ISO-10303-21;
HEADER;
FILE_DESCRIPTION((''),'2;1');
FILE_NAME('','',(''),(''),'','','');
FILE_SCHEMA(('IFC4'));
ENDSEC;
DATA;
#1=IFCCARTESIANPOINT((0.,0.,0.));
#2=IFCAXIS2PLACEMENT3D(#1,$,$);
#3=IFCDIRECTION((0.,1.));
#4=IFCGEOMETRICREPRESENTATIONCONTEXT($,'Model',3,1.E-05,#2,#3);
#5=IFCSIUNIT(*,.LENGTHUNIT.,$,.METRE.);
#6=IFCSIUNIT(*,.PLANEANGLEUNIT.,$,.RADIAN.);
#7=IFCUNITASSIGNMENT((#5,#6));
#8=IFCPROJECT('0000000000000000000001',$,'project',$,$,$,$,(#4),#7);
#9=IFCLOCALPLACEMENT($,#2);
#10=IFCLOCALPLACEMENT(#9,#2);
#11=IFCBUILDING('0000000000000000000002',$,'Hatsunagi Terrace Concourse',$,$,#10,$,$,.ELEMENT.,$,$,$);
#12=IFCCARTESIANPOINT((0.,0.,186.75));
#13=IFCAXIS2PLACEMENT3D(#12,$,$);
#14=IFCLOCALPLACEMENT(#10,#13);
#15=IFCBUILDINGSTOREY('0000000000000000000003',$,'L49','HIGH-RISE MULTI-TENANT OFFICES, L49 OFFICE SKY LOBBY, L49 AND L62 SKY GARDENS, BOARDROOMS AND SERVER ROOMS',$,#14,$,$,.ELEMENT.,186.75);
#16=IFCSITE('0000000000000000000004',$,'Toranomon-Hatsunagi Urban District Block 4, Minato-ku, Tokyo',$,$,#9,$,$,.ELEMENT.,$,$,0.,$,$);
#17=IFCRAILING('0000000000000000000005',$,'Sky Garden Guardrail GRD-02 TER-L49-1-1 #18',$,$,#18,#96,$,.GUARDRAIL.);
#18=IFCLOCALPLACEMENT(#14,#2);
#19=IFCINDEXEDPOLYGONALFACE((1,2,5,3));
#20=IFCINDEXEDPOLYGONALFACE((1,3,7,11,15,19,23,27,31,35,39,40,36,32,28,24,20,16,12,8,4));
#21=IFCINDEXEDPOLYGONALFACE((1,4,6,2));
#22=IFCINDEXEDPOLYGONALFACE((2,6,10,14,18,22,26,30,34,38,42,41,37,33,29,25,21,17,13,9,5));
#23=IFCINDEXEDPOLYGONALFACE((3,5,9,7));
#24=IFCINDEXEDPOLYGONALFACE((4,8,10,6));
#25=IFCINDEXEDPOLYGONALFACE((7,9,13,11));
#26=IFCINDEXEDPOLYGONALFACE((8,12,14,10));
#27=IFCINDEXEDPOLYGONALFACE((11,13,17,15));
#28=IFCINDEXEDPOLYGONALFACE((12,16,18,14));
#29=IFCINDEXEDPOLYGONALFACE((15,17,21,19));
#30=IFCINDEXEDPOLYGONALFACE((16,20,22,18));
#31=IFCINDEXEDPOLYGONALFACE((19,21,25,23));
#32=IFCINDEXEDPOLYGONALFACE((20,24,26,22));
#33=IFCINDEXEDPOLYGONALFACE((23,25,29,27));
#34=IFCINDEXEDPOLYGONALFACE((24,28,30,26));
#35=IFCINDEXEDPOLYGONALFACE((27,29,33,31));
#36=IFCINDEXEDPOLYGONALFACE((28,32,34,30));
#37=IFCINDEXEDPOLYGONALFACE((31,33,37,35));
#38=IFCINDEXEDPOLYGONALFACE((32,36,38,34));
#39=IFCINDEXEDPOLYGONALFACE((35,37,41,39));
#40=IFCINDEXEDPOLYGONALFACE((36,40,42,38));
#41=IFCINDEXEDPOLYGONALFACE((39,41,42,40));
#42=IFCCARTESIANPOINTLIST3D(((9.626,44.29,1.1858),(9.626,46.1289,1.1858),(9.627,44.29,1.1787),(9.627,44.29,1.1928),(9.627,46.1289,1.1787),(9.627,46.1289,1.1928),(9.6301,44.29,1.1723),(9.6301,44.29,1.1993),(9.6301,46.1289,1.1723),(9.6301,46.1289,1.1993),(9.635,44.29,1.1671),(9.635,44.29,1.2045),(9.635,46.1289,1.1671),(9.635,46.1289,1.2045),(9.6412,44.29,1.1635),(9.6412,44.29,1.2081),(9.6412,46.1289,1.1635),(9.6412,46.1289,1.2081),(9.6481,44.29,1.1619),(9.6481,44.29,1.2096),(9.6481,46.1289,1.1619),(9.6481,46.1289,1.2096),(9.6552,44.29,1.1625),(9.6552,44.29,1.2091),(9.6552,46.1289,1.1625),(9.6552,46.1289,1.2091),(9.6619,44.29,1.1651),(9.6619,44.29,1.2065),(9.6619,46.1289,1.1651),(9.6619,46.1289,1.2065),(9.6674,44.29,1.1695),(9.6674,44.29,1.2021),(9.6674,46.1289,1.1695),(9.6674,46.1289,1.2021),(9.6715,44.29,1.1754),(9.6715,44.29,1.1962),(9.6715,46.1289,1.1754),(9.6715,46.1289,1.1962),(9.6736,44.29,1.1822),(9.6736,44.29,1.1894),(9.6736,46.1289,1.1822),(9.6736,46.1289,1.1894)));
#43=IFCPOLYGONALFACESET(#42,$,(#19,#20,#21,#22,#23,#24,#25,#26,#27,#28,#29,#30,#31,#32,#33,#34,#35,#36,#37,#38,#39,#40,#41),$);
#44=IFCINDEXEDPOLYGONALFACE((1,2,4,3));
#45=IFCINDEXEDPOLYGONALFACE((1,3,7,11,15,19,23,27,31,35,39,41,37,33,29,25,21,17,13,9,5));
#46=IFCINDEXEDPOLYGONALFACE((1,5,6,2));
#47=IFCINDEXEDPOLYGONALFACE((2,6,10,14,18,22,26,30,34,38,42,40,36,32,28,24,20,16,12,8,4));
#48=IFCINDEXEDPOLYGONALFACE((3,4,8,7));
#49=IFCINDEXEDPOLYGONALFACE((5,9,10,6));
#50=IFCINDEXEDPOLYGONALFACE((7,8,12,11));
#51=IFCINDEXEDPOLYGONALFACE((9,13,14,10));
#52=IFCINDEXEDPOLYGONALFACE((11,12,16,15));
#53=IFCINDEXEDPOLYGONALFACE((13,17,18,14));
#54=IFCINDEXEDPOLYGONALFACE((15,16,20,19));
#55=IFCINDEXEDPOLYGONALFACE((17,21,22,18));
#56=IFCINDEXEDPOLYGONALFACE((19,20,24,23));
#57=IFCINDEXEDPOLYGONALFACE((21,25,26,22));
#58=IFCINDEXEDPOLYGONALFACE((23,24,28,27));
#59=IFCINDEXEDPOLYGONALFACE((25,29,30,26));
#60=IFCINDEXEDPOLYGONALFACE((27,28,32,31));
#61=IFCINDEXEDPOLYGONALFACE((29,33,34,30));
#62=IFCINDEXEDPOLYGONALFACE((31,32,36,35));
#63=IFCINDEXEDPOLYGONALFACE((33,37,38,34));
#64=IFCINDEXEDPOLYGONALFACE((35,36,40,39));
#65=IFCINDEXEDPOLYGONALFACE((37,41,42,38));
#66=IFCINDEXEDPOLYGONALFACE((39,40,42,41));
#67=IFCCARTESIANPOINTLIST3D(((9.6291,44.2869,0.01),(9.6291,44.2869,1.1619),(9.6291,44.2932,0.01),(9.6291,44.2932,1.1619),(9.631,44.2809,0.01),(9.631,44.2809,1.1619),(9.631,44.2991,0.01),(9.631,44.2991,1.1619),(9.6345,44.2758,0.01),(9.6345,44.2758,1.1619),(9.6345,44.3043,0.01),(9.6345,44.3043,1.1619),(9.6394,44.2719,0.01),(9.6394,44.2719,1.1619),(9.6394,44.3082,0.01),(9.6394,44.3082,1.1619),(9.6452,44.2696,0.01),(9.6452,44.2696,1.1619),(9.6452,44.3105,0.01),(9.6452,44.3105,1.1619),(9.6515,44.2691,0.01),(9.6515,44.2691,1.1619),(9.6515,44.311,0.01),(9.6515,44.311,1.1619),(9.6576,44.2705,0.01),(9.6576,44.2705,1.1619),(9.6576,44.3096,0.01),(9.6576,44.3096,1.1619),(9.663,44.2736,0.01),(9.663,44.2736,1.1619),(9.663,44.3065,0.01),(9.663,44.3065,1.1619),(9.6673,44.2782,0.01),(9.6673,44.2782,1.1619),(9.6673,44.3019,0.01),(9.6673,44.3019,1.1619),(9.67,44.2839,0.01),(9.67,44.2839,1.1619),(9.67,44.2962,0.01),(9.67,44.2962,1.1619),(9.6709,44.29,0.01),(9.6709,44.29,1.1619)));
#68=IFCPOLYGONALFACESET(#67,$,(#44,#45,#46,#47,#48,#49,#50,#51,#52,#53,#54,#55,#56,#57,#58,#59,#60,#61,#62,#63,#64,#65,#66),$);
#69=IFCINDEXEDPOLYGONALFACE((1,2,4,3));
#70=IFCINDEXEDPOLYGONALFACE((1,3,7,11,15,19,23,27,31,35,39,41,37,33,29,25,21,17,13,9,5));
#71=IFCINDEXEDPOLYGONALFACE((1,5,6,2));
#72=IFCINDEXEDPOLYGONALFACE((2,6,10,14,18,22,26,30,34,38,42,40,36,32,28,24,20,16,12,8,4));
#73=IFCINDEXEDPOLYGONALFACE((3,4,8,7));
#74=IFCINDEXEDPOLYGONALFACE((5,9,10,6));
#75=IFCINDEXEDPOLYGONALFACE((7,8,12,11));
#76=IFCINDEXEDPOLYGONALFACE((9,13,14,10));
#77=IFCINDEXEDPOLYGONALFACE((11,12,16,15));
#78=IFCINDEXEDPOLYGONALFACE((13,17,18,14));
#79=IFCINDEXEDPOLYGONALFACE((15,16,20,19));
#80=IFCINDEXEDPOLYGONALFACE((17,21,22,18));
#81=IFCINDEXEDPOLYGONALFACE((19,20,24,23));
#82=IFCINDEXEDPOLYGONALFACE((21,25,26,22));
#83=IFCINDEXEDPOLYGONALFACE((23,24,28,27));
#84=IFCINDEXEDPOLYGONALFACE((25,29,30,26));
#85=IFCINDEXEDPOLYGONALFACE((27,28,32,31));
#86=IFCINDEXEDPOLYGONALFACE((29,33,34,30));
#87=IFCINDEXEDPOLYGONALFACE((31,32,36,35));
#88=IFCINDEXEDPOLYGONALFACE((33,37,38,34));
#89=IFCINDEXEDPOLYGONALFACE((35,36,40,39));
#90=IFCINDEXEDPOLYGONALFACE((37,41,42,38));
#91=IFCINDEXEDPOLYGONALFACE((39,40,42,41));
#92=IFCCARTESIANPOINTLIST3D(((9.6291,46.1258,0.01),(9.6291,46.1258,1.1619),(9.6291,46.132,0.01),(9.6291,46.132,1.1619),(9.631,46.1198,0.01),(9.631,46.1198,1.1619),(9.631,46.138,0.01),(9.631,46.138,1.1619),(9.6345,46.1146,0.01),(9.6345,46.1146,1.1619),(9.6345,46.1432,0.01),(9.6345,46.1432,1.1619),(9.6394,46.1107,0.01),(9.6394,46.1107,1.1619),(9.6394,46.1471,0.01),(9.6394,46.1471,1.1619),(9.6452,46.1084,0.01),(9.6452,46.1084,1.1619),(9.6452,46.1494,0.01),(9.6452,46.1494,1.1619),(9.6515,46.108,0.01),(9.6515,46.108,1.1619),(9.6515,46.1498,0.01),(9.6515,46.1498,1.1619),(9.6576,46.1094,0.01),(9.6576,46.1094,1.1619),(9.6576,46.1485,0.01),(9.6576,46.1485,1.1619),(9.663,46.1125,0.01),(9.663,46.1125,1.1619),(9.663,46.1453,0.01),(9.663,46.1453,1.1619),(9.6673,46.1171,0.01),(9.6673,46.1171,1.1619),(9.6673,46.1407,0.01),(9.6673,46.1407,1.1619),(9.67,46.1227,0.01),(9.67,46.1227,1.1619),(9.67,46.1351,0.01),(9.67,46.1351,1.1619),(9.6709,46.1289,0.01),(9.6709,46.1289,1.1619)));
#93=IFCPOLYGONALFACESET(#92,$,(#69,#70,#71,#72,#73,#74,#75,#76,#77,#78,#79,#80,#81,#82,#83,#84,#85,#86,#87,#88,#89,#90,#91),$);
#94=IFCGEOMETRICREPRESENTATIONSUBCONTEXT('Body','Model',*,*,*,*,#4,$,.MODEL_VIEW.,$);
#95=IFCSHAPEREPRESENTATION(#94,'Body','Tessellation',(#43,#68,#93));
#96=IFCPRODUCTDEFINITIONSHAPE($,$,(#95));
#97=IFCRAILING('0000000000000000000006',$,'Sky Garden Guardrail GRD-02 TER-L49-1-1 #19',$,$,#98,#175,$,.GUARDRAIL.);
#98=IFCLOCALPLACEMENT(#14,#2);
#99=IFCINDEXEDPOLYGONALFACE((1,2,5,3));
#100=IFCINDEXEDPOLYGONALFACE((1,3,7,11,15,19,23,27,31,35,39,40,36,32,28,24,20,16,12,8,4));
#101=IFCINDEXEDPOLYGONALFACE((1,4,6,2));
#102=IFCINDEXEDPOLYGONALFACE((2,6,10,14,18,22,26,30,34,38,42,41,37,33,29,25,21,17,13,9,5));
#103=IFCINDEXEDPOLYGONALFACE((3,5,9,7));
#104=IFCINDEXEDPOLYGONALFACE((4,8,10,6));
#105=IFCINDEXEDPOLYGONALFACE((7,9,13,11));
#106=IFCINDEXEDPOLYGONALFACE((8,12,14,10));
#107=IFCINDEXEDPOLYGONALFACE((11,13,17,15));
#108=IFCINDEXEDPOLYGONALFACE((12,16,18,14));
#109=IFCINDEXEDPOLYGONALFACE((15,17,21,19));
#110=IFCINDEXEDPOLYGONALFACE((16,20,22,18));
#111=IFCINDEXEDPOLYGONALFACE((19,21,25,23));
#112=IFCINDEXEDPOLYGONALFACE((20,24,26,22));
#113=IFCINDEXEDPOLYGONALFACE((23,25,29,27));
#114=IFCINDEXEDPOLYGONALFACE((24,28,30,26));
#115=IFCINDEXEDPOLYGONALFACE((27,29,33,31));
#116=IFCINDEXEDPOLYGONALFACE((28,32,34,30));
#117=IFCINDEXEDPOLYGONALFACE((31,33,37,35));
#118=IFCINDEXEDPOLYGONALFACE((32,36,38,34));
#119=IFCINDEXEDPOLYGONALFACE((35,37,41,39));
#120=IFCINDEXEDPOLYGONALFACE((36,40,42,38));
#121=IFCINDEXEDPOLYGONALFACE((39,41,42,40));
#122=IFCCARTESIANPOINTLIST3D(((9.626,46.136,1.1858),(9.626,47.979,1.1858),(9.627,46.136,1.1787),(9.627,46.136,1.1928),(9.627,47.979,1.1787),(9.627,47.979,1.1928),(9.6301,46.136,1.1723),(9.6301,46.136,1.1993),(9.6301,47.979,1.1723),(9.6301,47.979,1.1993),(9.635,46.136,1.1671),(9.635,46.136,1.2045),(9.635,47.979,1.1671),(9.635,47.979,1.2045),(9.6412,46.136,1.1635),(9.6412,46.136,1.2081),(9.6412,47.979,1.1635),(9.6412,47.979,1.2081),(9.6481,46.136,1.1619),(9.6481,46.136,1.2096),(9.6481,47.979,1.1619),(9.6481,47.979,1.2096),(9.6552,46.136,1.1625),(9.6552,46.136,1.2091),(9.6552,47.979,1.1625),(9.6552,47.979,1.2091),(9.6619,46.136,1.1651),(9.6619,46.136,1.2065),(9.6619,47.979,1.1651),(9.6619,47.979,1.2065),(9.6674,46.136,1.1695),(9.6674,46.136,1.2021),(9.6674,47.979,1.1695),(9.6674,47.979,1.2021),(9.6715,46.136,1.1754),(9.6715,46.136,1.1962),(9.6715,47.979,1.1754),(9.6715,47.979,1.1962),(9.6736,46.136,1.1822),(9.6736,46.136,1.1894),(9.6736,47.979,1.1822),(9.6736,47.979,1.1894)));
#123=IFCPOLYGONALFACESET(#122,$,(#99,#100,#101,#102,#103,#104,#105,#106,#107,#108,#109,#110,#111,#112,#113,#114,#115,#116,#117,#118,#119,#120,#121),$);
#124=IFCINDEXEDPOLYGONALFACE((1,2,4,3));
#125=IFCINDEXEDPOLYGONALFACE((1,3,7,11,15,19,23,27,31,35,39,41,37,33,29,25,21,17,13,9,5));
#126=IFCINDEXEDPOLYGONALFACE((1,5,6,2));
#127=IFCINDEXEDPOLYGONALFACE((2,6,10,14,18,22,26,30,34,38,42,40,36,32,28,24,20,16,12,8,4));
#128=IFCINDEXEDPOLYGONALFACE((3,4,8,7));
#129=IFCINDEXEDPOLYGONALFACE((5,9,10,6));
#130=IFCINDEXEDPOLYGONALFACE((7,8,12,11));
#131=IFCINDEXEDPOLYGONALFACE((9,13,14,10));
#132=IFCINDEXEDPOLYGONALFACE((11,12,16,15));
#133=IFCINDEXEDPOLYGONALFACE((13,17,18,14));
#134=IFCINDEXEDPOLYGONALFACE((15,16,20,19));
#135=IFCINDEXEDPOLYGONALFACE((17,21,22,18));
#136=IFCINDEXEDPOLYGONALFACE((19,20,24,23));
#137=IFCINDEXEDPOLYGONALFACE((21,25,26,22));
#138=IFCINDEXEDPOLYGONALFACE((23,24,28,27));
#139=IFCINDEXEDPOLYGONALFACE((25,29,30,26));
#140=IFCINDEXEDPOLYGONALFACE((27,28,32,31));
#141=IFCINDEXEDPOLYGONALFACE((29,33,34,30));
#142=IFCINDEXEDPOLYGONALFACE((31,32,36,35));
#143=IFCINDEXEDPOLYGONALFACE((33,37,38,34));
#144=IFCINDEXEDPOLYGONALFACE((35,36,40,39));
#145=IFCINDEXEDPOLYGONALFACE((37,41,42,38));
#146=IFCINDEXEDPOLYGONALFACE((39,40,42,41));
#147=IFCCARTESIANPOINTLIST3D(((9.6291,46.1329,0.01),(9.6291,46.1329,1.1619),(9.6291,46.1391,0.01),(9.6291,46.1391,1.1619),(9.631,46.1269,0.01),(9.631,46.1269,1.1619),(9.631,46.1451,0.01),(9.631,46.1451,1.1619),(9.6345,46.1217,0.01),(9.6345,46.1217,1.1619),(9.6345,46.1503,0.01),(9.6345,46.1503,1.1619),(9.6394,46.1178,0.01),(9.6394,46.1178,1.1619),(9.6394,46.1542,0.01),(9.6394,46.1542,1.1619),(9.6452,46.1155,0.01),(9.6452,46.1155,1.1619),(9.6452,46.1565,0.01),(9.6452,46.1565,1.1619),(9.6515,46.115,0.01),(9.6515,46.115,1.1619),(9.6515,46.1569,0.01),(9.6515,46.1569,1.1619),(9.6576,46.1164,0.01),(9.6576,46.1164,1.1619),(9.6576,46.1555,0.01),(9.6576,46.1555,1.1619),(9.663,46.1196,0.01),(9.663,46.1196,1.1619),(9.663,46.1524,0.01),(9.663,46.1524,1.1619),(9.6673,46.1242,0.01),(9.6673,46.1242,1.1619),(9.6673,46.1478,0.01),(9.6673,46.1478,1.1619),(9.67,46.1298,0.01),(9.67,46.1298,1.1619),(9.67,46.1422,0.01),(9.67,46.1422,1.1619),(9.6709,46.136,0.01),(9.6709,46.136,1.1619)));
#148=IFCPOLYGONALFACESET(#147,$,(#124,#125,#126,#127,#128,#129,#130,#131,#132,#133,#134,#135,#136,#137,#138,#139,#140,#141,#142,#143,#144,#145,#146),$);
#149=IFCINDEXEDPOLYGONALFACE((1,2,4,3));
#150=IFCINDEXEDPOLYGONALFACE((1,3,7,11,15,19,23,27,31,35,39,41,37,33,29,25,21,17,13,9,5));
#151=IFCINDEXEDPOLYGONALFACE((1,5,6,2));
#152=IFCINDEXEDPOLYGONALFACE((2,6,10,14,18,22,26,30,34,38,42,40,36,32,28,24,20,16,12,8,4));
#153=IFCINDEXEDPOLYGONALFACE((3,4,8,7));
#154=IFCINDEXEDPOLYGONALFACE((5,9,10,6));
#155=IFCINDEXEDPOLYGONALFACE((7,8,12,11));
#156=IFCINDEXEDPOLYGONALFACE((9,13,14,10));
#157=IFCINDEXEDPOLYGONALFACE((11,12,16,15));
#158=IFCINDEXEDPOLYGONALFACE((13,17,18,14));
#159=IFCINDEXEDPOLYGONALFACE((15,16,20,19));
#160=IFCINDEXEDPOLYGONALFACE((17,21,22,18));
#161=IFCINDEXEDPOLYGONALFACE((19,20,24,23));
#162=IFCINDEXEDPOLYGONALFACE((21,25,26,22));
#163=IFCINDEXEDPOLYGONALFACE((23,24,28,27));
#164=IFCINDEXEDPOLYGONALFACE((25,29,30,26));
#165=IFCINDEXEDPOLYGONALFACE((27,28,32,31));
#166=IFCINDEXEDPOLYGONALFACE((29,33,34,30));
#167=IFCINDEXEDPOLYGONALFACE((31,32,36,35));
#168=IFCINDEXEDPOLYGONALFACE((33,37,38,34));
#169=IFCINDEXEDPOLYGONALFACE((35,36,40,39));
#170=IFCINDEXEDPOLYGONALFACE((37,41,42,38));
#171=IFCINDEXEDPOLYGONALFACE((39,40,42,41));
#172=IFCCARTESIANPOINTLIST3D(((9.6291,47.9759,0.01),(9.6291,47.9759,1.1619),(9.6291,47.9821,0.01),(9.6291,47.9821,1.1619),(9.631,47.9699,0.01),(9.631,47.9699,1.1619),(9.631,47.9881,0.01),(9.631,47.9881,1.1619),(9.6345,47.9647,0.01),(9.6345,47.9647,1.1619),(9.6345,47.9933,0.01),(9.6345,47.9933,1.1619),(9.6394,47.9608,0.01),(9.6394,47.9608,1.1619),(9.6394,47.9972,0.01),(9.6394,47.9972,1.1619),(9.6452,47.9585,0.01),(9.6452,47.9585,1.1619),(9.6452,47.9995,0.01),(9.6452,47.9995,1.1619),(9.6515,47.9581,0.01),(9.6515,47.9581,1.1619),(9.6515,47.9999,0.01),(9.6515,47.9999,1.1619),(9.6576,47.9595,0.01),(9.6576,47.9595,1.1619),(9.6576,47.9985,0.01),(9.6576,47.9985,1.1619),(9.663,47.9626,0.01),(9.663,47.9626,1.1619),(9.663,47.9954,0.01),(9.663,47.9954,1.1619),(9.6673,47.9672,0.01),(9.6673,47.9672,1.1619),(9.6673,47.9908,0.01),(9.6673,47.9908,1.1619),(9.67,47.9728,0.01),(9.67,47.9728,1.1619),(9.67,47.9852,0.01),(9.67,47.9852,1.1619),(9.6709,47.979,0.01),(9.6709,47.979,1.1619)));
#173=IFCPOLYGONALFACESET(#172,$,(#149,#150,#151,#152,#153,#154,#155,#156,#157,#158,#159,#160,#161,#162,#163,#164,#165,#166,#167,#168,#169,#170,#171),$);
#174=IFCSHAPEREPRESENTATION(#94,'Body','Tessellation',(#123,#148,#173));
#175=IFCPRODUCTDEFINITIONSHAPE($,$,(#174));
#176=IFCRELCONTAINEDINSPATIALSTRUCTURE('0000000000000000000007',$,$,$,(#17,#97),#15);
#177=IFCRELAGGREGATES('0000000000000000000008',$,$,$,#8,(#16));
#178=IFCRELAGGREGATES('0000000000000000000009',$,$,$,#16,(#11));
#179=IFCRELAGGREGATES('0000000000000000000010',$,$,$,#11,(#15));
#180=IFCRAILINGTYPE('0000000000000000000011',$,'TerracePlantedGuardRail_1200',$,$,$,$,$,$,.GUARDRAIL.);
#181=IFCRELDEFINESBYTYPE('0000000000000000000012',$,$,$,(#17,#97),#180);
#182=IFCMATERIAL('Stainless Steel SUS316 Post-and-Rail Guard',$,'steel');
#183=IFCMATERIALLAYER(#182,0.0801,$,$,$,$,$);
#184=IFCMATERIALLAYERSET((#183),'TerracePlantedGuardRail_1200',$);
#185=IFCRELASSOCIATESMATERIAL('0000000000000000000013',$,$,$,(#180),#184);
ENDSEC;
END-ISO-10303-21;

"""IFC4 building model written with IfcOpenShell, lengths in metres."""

from ifc_helpers import new_model, si_unit, direction, frame, origin, origin_2d, place, context, subcontext, project, spatial, circle, extrude, material, layer, layer_set, type_object, element, save


model = new_model("IFC4")

# Units and contexts
model_context = context("Model", 3, precision=1e-05, world=origin(), true_north=direction((0.0, 1.0)))
body_context = subcontext(model_context, "Body", "Model", "MODEL_VIEW")
ifc_project = project(units=[si_unit("LENGTHUNIT", "METRE"), si_unit("PLANEANGLEUNIT", "RADIAN")], contexts=[model_context])

# Site, building, storey
site_placement = place(None, origin())
site = spatial("IfcSite", under=ifc_project, at=site_placement, Name="Toranomon-Hatsunagi Urban District Block 4, Minato-ku, Tokyo", CompositionType="ELEMENT", RefElevation=0.0)
building_placement = place(site_placement, origin())
building = spatial("IfcBuilding", under=site, at=building_placement, Name="Hatsunagi Terrace Concourse", CompositionType="ELEMENT")
storey_placement = place(building_placement, frame((0.0, 0.0, 186.75)))
storey = spatial("IfcBuildingStorey", under=building, at=storey_placement, Name="L49", Description="HIGH-RISE MULTI-TENANT OFFICES, L49 OFFICE SKY LOBBY, L49 AND L62 SKY GARDENS, BOARDROOMS AND SERVER ROOMS", CompositionType="ELEMENT", Elevation=186.75)

# Railings
ifc_material_1 = material(Name="Stainless Steel SUS316 Post-and-Rail Guard", Category="steel")
ifc_layer_1 = layer(ifc_material_1, 0.0801)
ifc_layer_set_1 = layer_set([ifc_layer_1], Name="TerracePlantedGuardRail_1200")
railing_type = type_object("IfcRailingType", Name="TerracePlantedGuardRail_1200", PredefinedType="GUARDRAIL", material=ifc_layer_set_1)
railing_1_placement = place(storey_placement, frame((9.6499, 44.29, 0.01)))
element("IfcRailing", 1, at=railing_1_placement, inside=storey, type_object=railing_type, Name="Sky Garden Guardrail GRD-02 TER-L49-1-1 #18", PredefinedType="GUARDRAIL", context=body_context, shape_type="SweptSolid", body=[
    extrude(circle(Radius=0.0239, at=origin_2d()), frame((0.0, 0.0, 1.1758), z_axis=(0.0, 1.0, 0.0), x_axis=(-1.0, 0.0, 0.0)), (0.0, 0.0, 1.0), 1.8389),
    extrude(circle(Radius=0.021, at=origin_2d()), origin(), (0.0, 0.0, 1.0), 1.1519),
    extrude(circle(Radius=0.021, at=origin_2d()), frame((0.0, 1.8389, 0.0)), (0.0, 0.0, 1.0), 1.1519),
])
railing_2_placement = place(storey_placement, frame((9.6499, 46.136, 0.01)))
element("IfcRailing", 2, at=railing_2_placement, inside=storey, type_object=railing_type, Name="Sky Garden Guardrail GRD-02 TER-L49-1-1 #19", PredefinedType="GUARDRAIL", context=body_context, shape_type="SweptSolid", body=[
    extrude(circle(Radius=0.0239, at=origin_2d()), frame((0.0, 0.0, 1.1758), z_axis=(0.0, 1.0, 0.0), x_axis=(-1.0, 0.0, 0.0)), (0.0, 0.0, 1.0), 1.843),
    extrude(circle(Radius=0.021, at=origin_2d()), origin(), (0.0, 0.0, 1.0), 1.1519),
    extrude(circle(Radius=0.021, at=origin_2d()), frame((0.0, 1.843, 0.0)), (0.0, 0.0, 1.0), 1.1519),
])

save(model, "model.ifc")
